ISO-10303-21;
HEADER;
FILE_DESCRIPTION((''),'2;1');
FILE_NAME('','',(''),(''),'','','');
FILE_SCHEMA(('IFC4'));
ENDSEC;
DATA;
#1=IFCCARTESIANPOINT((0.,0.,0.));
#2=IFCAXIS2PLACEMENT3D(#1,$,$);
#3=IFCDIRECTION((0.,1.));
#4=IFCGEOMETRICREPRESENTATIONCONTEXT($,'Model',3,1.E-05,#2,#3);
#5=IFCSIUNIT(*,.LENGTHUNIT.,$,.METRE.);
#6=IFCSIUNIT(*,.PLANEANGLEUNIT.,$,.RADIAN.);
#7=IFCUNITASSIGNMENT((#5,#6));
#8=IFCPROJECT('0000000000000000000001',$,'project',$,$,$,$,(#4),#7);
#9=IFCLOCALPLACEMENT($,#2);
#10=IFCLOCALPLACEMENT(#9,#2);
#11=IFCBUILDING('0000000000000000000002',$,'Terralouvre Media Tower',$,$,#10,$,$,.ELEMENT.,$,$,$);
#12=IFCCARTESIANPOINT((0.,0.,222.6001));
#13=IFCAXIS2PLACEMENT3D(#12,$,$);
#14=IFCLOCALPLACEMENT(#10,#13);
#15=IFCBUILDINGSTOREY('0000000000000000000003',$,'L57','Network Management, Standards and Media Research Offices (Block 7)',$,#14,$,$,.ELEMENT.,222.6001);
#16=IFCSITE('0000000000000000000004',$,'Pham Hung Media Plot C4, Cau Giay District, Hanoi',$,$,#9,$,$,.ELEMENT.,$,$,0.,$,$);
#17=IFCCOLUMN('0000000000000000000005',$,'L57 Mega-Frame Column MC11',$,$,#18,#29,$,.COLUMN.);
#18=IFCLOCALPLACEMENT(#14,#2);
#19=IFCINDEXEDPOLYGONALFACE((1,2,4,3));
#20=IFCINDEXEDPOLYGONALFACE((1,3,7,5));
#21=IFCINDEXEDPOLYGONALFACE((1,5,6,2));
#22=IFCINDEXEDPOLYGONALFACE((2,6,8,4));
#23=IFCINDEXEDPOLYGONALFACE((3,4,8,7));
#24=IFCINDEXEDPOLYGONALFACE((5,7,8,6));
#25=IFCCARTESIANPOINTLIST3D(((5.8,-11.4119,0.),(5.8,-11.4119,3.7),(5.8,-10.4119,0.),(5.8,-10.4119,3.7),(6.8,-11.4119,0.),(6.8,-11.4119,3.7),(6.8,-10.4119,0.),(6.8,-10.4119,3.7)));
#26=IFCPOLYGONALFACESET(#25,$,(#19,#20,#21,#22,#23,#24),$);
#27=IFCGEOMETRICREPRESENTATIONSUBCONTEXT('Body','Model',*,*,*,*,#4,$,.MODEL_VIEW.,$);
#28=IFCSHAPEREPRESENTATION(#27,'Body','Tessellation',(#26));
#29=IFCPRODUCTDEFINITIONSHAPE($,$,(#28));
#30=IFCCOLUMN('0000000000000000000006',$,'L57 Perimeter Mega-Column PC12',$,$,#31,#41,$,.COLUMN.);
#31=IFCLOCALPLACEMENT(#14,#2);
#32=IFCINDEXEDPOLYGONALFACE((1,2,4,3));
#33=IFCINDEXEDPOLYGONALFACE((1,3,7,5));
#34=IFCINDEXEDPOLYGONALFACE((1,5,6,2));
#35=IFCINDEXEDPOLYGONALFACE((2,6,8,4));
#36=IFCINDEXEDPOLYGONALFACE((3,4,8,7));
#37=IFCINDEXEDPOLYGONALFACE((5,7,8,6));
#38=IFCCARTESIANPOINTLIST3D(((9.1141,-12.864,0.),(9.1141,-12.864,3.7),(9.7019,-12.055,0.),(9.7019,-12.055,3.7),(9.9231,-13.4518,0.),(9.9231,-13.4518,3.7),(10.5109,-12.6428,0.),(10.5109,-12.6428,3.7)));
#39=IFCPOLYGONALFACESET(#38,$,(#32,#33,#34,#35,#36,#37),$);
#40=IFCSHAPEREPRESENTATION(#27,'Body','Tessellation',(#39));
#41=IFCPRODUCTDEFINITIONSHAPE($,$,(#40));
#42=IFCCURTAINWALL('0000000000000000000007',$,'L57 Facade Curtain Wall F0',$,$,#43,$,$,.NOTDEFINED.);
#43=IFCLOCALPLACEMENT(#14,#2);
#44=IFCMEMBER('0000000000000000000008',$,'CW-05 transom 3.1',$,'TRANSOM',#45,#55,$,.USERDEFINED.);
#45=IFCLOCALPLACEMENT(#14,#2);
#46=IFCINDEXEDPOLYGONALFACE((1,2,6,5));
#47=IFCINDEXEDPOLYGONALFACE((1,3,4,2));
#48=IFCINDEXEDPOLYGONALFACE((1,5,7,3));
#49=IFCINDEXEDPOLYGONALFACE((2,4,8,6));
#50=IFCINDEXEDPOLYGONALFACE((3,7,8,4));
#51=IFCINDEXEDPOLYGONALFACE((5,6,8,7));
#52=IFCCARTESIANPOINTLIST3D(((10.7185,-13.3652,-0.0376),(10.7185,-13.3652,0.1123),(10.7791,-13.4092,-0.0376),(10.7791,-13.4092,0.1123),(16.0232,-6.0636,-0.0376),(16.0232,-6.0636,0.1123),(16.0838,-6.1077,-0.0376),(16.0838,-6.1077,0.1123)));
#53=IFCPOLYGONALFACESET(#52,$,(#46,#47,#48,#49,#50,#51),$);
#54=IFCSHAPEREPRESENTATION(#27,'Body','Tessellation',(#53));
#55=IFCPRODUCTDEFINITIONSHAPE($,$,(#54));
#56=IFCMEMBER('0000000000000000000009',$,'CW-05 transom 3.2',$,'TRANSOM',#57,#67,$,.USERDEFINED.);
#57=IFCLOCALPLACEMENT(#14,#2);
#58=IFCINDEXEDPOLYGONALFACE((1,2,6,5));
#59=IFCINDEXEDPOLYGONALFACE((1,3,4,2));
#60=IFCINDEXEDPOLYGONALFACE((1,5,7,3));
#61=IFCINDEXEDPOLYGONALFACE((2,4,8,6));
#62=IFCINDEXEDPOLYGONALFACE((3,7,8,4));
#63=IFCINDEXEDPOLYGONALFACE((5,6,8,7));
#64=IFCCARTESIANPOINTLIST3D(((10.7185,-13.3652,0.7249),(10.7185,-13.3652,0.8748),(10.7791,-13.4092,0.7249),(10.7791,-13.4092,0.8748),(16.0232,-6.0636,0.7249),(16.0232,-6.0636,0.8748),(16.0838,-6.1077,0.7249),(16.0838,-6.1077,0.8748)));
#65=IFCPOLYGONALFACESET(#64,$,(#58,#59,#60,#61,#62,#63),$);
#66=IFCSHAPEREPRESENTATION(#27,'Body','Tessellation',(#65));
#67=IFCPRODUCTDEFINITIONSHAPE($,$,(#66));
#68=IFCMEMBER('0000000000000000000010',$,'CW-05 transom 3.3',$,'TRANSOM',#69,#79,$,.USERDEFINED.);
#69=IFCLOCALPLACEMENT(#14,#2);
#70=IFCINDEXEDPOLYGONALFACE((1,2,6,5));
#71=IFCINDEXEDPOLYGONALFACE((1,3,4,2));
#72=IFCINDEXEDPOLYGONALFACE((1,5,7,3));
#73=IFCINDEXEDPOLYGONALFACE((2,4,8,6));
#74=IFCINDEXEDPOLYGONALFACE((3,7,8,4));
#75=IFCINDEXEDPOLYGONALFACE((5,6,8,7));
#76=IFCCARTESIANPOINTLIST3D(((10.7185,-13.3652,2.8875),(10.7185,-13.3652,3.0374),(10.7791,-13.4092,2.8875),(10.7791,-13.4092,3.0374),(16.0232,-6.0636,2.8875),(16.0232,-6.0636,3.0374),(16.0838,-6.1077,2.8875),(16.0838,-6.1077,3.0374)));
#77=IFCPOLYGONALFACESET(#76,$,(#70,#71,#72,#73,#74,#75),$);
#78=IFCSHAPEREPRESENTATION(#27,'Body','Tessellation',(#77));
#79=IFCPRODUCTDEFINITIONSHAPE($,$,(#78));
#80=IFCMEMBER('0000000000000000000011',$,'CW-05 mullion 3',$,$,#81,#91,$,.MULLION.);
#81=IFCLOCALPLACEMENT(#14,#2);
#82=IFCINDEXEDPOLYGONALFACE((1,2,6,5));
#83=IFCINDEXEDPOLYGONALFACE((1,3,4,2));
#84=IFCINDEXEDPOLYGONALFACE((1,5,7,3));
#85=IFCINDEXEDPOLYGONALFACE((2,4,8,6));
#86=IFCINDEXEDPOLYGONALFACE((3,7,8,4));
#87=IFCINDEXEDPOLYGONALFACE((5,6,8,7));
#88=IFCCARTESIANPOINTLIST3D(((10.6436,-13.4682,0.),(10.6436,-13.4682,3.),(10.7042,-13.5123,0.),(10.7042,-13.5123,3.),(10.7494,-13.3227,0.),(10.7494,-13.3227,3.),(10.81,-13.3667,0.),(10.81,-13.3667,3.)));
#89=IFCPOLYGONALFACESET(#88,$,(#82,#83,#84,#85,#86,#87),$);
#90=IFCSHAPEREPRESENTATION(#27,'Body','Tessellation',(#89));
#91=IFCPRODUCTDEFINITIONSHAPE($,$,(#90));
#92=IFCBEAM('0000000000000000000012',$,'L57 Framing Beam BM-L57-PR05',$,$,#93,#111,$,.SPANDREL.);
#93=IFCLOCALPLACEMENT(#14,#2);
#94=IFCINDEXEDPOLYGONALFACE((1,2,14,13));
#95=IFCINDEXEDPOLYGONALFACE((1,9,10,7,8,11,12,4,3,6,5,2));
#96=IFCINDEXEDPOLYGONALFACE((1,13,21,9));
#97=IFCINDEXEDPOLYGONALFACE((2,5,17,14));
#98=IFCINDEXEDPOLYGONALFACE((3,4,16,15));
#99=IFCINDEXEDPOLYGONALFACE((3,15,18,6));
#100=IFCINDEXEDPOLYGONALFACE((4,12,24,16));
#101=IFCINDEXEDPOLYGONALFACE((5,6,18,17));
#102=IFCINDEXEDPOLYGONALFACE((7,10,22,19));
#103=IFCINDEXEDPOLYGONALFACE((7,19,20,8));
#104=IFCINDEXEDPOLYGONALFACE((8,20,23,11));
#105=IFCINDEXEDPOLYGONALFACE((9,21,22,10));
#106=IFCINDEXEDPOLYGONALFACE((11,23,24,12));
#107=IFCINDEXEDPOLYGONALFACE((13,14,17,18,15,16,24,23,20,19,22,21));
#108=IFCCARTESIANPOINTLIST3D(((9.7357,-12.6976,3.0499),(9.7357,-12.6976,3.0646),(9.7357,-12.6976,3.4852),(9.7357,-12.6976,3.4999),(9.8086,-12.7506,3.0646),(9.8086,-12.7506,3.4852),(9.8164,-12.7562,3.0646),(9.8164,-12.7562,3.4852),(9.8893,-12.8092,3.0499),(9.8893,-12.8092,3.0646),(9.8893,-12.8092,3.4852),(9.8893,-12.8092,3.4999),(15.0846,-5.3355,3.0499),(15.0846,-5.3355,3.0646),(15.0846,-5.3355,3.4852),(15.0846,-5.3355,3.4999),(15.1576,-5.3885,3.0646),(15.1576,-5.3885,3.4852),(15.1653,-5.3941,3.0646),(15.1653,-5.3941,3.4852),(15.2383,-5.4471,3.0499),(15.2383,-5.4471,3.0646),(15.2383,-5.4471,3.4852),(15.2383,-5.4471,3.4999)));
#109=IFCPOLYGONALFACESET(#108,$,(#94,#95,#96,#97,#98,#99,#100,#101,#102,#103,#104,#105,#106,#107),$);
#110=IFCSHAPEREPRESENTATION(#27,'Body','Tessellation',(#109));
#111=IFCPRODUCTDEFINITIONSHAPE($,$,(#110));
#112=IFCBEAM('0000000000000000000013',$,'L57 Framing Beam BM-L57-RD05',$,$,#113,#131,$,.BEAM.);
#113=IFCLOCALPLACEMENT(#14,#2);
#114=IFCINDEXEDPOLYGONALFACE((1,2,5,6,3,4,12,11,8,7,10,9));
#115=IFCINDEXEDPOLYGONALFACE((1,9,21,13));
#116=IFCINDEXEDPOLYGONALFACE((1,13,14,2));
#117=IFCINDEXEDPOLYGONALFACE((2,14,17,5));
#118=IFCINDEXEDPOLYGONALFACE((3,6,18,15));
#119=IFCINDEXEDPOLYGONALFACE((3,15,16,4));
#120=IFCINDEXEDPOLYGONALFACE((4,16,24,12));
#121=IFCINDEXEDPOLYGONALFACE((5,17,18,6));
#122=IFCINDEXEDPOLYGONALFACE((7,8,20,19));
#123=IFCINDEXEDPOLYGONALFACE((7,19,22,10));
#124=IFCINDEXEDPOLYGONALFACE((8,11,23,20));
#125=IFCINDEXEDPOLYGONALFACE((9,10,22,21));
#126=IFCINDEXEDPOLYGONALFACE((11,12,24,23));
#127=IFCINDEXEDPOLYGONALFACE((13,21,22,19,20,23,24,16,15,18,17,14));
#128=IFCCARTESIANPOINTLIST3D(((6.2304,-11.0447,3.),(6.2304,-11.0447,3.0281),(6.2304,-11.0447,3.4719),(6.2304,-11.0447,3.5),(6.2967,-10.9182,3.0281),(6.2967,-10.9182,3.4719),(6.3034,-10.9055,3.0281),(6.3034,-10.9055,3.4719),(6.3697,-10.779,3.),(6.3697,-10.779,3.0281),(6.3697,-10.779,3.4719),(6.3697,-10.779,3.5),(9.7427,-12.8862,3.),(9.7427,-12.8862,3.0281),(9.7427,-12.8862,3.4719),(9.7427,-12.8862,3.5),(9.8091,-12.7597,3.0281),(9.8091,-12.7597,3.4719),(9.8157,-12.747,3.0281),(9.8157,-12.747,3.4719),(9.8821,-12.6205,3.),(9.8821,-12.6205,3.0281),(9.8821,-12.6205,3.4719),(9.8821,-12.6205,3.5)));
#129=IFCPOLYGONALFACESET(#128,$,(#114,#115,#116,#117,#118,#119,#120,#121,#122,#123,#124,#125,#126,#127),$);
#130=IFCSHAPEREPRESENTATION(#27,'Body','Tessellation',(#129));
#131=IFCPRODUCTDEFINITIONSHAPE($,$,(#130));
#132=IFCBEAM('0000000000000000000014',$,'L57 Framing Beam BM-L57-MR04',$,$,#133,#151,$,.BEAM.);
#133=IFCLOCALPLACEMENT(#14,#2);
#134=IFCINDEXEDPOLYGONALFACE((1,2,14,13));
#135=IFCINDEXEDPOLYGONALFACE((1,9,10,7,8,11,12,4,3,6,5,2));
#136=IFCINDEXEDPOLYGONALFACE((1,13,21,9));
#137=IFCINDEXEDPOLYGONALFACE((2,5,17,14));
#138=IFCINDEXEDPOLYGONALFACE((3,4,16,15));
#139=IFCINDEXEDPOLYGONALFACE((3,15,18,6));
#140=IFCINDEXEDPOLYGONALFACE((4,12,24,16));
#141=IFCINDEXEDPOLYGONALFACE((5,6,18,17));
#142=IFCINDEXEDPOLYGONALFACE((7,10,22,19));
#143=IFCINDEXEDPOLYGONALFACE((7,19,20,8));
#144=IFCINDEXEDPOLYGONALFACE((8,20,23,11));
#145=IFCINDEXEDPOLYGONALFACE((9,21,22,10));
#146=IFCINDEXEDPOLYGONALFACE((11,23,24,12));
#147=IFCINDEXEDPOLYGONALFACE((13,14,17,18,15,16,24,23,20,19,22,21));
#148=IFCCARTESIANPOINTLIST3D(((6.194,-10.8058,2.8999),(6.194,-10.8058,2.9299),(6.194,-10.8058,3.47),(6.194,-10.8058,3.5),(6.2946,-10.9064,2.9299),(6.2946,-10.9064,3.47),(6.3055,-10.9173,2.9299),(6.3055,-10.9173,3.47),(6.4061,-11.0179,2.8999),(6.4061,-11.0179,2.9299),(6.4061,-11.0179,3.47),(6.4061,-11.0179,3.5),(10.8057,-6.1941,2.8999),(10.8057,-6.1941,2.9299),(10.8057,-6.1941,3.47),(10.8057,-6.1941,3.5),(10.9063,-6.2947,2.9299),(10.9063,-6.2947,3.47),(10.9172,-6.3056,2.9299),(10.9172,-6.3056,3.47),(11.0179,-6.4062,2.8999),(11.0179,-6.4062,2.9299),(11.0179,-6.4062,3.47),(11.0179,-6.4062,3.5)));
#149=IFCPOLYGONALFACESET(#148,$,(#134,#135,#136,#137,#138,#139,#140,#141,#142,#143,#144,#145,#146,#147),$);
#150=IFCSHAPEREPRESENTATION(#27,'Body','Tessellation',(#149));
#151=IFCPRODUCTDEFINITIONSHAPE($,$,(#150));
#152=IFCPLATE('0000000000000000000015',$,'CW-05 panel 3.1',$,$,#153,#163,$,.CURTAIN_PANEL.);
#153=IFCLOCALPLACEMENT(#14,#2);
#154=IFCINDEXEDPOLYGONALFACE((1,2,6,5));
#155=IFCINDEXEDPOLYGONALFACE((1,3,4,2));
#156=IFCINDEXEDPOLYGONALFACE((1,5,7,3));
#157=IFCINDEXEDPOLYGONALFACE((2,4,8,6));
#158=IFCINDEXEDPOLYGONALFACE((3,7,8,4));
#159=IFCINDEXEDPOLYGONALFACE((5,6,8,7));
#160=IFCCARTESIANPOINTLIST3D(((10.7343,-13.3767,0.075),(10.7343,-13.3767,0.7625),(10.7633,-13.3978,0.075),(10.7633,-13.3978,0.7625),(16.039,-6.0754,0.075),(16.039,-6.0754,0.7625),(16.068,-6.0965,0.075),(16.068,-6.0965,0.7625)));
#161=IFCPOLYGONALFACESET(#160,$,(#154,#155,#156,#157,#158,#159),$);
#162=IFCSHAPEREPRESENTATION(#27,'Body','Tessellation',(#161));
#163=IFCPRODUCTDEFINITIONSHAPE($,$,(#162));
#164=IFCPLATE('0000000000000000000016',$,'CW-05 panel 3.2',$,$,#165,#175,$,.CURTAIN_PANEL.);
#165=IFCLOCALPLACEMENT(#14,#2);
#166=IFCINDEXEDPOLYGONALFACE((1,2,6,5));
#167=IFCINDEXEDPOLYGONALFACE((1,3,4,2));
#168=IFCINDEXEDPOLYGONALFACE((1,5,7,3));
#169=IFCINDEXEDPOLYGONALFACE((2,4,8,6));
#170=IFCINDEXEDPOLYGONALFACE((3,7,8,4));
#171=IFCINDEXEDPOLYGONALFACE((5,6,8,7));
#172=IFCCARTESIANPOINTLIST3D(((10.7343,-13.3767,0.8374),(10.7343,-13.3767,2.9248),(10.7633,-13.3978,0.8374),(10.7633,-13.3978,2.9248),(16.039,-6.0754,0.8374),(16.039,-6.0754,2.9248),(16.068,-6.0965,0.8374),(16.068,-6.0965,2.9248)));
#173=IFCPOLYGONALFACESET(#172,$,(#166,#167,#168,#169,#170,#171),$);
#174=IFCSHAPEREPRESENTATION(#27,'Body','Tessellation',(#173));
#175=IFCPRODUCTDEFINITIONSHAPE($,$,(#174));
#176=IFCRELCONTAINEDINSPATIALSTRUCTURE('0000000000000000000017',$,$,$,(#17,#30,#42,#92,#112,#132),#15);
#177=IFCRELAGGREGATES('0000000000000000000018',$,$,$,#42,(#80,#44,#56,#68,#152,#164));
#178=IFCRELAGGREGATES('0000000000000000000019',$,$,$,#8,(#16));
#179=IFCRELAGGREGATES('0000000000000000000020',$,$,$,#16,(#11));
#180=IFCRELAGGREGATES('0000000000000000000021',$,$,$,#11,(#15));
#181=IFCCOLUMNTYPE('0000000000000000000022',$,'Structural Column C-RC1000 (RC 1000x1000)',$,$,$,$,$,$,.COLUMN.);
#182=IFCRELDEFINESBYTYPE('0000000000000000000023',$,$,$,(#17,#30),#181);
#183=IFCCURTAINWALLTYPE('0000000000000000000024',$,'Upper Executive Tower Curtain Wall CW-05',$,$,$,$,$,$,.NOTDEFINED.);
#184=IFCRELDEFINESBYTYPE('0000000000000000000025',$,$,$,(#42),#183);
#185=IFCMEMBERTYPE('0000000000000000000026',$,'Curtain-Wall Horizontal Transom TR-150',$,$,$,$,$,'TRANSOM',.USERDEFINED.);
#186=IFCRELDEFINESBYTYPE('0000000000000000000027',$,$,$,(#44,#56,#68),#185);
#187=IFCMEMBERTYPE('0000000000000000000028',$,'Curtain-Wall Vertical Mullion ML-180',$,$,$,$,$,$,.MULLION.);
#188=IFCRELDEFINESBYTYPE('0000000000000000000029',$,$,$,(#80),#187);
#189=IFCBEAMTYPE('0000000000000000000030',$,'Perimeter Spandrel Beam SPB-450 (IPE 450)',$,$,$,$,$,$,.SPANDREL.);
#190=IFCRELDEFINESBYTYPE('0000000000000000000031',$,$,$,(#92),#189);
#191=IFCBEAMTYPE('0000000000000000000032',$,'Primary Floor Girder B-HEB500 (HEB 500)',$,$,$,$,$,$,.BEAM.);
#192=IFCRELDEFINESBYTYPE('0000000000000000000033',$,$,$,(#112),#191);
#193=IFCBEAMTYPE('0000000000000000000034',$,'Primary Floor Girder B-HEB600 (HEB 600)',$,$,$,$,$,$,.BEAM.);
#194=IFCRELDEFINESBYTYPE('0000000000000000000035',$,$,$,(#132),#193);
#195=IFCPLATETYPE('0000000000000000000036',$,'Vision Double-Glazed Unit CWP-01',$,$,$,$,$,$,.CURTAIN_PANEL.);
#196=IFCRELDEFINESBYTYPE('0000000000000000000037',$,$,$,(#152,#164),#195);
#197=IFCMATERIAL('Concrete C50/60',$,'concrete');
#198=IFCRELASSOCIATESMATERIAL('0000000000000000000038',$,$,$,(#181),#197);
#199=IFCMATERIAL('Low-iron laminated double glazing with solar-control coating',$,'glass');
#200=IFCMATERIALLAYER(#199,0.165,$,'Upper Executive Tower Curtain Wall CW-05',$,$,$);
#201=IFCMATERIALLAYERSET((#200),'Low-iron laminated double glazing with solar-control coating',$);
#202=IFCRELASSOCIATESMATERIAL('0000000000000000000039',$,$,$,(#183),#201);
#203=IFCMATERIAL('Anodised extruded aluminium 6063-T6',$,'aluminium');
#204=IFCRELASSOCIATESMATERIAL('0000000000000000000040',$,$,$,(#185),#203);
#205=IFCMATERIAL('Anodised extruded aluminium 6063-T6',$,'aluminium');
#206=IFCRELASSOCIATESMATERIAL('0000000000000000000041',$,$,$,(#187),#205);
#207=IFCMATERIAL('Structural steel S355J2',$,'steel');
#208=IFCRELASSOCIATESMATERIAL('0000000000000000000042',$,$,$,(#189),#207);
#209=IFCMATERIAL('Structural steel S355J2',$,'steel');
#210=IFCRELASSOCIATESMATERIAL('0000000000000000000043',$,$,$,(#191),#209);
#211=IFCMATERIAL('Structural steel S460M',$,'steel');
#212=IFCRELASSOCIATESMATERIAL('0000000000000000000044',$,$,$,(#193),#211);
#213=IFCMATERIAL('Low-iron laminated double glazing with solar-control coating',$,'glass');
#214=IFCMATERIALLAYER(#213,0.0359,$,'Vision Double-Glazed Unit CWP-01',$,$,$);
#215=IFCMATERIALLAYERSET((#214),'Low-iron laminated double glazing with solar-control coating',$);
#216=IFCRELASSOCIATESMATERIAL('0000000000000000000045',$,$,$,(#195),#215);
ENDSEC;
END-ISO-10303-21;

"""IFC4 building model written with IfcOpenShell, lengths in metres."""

from ifc_helpers import new_model, si_unit, direction, frame, origin, origin_2d, place, context, subcontext, project, spatial, rectangle, i_section, extrude, material, layer, layer_set, material_profile, profile_set, type_object, element, aggregate, save


model = new_model("IFC4")

# Units and contexts
model_context = context("Model", 3, precision=1e-05, world=origin(), true_north=direction((0.0, 1.0)))
body_context = subcontext(model_context, "Body", "Model", "MODEL_VIEW")
ifc_project = project(units=[si_unit("LENGTHUNIT", "METRE"), si_unit("PLANEANGLEUNIT", "RADIAN")], contexts=[model_context])

# Site, building, storey
site_placement = place(None, origin())
site = spatial("IfcSite", under=ifc_project, at=site_placement, Name="Pham Hung Media Plot C4, Cau Giay District, Hanoi", CompositionType="ELEMENT", RefElevation=0.0)
building_placement = place(site_placement, origin())
building = spatial("IfcBuilding", under=site, at=building_placement, Name="Terralouvre Media Tower", CompositionType="ELEMENT")
storey_placement = place(building_placement, frame((0.0, 0.0, 222.6001)))
storey = spatial("IfcBuildingStorey", under=building, at=storey_placement, Name="L57", Description="Network Management, Standards and Media Research Offices (Block 7)", CompositionType="ELEMENT", Elevation=222.6001)

# Columns
ifc_material_1 = material(Name="Concrete C50/60", Category="concrete")
ifc_material_profile_1 = material_profile(ifc_material_1, rectangle(XDim=1.0, YDim=1.0, at=origin_2d()), Name="RC 1000x1000")
ifc_profile_set_1 = profile_set([ifc_material_profile_1], Name="Concrete C50/60")
column_type = type_object("IfcColumnType", Name="Structural Column C-RC1000 (RC 1000x1000)", PredefinedType="COLUMN", material=ifc_profile_set_1)
for number, where, z_axis, x_axis, name in (
    (1, (6.3, -10.9119, 0.0), (0.0, 0.0, 1.0), (1.0, 0.0, 0.0), "L57 Mega-Frame Column MC11"),
    (2, (9.8125, -12.7534, 0.0), (0.0, 0.0, 1.0), (0.587785, 0.809017, 0.0), "L57 Perimeter Mega-Column PC12"),
):
    element("IfcColumn", number, at=place(storey_placement, frame(where, z_axis=z_axis, x_axis=x_axis)), inside=storey, type_object=column_type, Name=name, PredefinedType="COLUMN", context=body_context, shape_type="SweptSolid", body=[
        extrude(rectangle(XDim=1.0, YDim=1.0, at=origin_2d()), origin(), (0.0, 0.0, 1.0), 3.7),
    ])

# Curtain wall, members
ifc_material_2 = material(Name="Low-iron laminated double glazing with solar-control coating", Category="glass")
ifc_layer_1 = layer(ifc_material_2, 0.165, Name="Upper Executive Tower Curtain Wall CW-05")
ifc_layer_set_1 = layer_set([ifc_layer_1], Name="Low-iron laminated double glazing with solar-control coating")
curtain_wall_type = type_object("IfcCurtainWallType", Name="Upper Executive Tower Curtain Wall CW-05", PredefinedType="NOTDEFINED", material=ifc_layer_set_1)
curtain_wall_placement = place(storey_placement, origin())
curtain_wall = element("IfcCurtainWall", 3, at=curtain_wall_placement, inside=storey, type_object=curtain_wall_type, Name="L57 Facade Curtain Wall F0", PredefinedType="NOTDEFINED")
ifc_material_3 = material(Name="Anodised extruded aluminium 6063-T6", Category="aluminium")
ifc_material_profile_2 = material_profile(ifc_material_3, rectangle(XDim=0.075, YDim=0.1499, at=origin_2d()), Name="ALU 75x150")
ifc_profile_set_2 = profile_set([ifc_material_profile_2], Name="Anodised extruded aluminium 6063-T6")
member_type_1 = type_object("IfcMemberType", Name="Curtain-Wall Horizontal Transom TR-150", ElementType="TRANSOM", PredefinedType="USERDEFINED", material=ifc_profile_set_2)
member_1_placement = place(storey_placement, frame((10.7488, -13.3872, 0.0374), z_axis=(0.587773, 0.809026, 0.0), x_axis=(-0.809026, 0.587773, 0.0)))
member_1 = element("IfcMember", 4, at=member_1_placement, type_object=member_type_1, Name="CW-05 transom 3.1", ObjectType="TRANSOM", PredefinedType="USERDEFINED", context=body_context, shape_type="SweptSolid", body=[
    extrude(rectangle(XDim=0.075, YDim=0.1499, at=origin_2d()), origin(), (0.0, 0.0, 1.0), 9.0251),
])
member_2_placement = place(storey_placement, frame((10.7488, -13.3872, 0.7998), z_axis=(0.587773, 0.809026, 0.0), x_axis=(-0.809026, 0.587773, 0.0)))
member_2 = element("IfcMember", 5, at=member_2_placement, type_object=member_type_1, Name="CW-05 transom 3.2", ObjectType="TRANSOM", PredefinedType="USERDEFINED", context=body_context, shape_type="SweptSolid", body=[
    extrude(rectangle(XDim=0.075, YDim=0.1499, at=origin_2d()), origin(), (0.0, 0.0, 1.0), 9.0251),
])
member_3_placement = place(storey_placement, frame((10.7488, -13.3872, 2.9624), z_axis=(0.587773, 0.809026, 0.0), x_axis=(-0.809026, 0.587773, 0.0)))
member_3 = element("IfcMember", 6, at=member_3_placement, type_object=member_type_1, Name="CW-05 transom 3.3", ObjectType="TRANSOM", PredefinedType="USERDEFINED", context=body_context, shape_type="SweptSolid", body=[
    extrude(rectangle(XDim=0.075, YDim=0.1499, at=origin_2d()), origin(), (0.0, 0.0, 1.0), 9.0251),
])
ifc_material_4 = material(Name="Anodised extruded aluminium 6063-T6", Category="aluminium")
ifc_material_profile_3 = material_profile(ifc_material_4, rectangle(XDim=0.075, YDim=0.1799, at=origin_2d()), Name="ALU 75x180")
ifc_profile_set_3 = profile_set([ifc_material_profile_3], Name="Anodised extruded aluminium 6063-T6")
member_type_2 = type_object("IfcMemberType", Name="Curtain-Wall Vertical Mullion ML-180", PredefinedType="MULLION", material=ifc_profile_set_3)
member_4_placement = place(storey_placement, frame((10.7268, -13.4175, 0.0), z_axis=(0.0, 0.0, 1.0), x_axis=(-0.809017, 0.587785, 0.0)))
member_4 = element("IfcMember", 7, at=member_4_placement, type_object=member_type_2, Name="CW-05 mullion 3", PredefinedType="MULLION", context=body_context, shape_type="SweptSolid", body=[
    extrude(rectangle(XDim=0.075, YDim=0.1799, at=origin_2d()), origin(), (0.0, 0.0, 1.0), 3.0),
])

# Beams
ifc_material_5 = material(Name="Structural steel S355J2", Category="steel")
ifc_material_profile_4 = material_profile(ifc_material_5, i_section(OverallWidth=0.1899, OverallDepth=0.45, WebThickness=0.0095, FlangeThickness=0.0146, at=origin_2d()), Name="IPE 450")
ifc_profile_set_4 = profile_set([ifc_material_profile_4], Name="Structural steel S355J2")
beam_type_1 = type_object("IfcBeamType", Name="Perimeter Spandrel Beam SPB-450 (IPE 450)", PredefinedType="SPANDREL", material=ifc_profile_set_4)
beam_1_placement = place(storey_placement, frame((9.8125, -12.7534, 3.2749), z_axis=(0.587787, 0.809016, 0.0), x_axis=(-0.809016, 0.587787, 0.0)))
element("IfcBeam", 8, at=beam_1_placement, inside=storey, type_object=beam_type_1, Name="L57 Framing Beam BM-L57-PR05", PredefinedType="SPANDREL", context=body_context, shape_type="SweptSolid", body=[
    extrude(i_section(OverallWidth=0.1899, OverallDepth=0.45, WebThickness=0.0095, FlangeThickness=0.0146, at=origin_2d()), origin(), (0.0, 0.0, 1.0), 9.1001),
])
ifc_material_6 = material(Name="Structural steel S355J2", Category="steel")
ifc_material_profile_5 = material_profile(ifc_material_6, i_section(OverallWidth=0.3, OverallDepth=0.5, WebThickness=0.0144, FlangeThickness=0.0281, at=origin_2d()), Name="HEB 500")
ifc_profile_set_5 = profile_set([ifc_material_profile_5], Name="Structural steel S355J2")
beam_type_2 = type_object("IfcBeamType", Name="Primary Floor Girder B-HEB500 (HEB 500)", PredefinedType="BEAM", material=ifc_profile_set_5)
beam_2_placement = place(storey_placement, frame((6.3, -10.9119, 3.25), z_axis=(0.885656, -0.464343, 0.0), x_axis=(0.464343, 0.885656, 0.0)))
element("IfcBeam", 9, at=beam_2_placement, inside=storey, type_object=beam_type_2, Name="L57 Framing Beam BM-L57-RD05", PredefinedType="BEAM", context=body_context, shape_type="SweptSolid", body=[
    extrude(i_section(OverallWidth=0.3, OverallDepth=0.5, WebThickness=0.0144, FlangeThickness=0.0281, at=origin_2d()), origin(), (0.0, 0.0, 1.0), 3.9658),
])
ifc_material_7 = material(Name="Structural steel S460M", Category="steel")
ifc_material_profile_6 = material_profile(ifc_material_7, i_section(OverallWidth=0.3, OverallDepth=0.6001, WebThickness=0.0154, FlangeThickness=0.03, at=origin_2d()), Name="HEB 600")
ifc_profile_set_6 = profile_set([ifc_material_profile_6], Name="Structural steel S460M")
beam_type_3 = type_object("IfcBeamType", Name="Primary Floor Girder B-HEB600 (HEB 600)", PredefinedType="BEAM", material=ifc_profile_set_6)
beam_3_placement = place(storey_placement, frame((6.3, -10.9119, 3.2), z_axis=(0.707107, 0.707107, 0.0), x_axis=(-0.707107, 0.707107, 0.0)))
element("IfcBeam", 10, at=beam_3_placement, inside=storey, type_object=beam_type_3, Name="L57 Framing Beam BM-L57-MR04", PredefinedType="BEAM", context=body_context, shape_type="SweptSolid", body=[
    extrude(i_section(OverallWidth=0.3, OverallDepth=0.6001, WebThickness=0.0154, FlangeThickness=0.03, at=origin_2d()), origin(), (0.0, 0.0, 1.0), 6.522),
])

# Plates
ifc_material_8 = material(Name="Low-iron laminated double glazing with solar-control coating", Category="glass")
ifc_layer_2 = layer(ifc_material_8, 0.0359, Name="Vision Double-Glazed Unit CWP-01")
ifc_layer_set_2 = layer_set([ifc_layer_2], Name="Low-iron laminated double glazing with solar-control coating")
plate_type = type_object("IfcPlateType", Name="Vision Double-Glazed Unit CWP-01", PredefinedType="CURTAIN_PANEL", material=ifc_layer_set_2)
plate_1_placement = place(storey_placement, frame((13.4011, -9.7366, 0.075), z_axis=(0.0, 0.0, 1.0), x_axis=(0.587785, 0.809017, 0.0)))
plate_1 = element("IfcPlate", 11, at=plate_1_placement, type_object=plate_type, Name="CW-05 panel 3.1", PredefinedType="CURTAIN_PANEL", context=body_context, shape_type="SweptSolid", body=[
    extrude(rectangle(XDim=9.0249, YDim=0.0359, at=origin_2d()), origin(), (0.0, 0.0, 1.0), 0.6875),
])
plate_2_placement = place(storey_placement, frame((13.4011, -9.7366, 0.8374), z_axis=(0.0, 0.0, 1.0), x_axis=(0.587785, 0.809017, 0.0)))
plate_2 = element("IfcPlate", 12, at=plate_2_placement, type_object=plate_type, Name="CW-05 panel 3.2", PredefinedType="CURTAIN_PANEL", context=body_context, shape_type="SweptSolid", body=[
    extrude(rectangle(XDim=9.0249, YDim=0.0359, at=origin_2d()), origin(), (0.0, 0.0, 1.0), 2.0874),
])
aggregate(curtain_wall, [member_4, member_1, member_2, member_3, plate_1, plate_2])

save(model, "model.ifc")
